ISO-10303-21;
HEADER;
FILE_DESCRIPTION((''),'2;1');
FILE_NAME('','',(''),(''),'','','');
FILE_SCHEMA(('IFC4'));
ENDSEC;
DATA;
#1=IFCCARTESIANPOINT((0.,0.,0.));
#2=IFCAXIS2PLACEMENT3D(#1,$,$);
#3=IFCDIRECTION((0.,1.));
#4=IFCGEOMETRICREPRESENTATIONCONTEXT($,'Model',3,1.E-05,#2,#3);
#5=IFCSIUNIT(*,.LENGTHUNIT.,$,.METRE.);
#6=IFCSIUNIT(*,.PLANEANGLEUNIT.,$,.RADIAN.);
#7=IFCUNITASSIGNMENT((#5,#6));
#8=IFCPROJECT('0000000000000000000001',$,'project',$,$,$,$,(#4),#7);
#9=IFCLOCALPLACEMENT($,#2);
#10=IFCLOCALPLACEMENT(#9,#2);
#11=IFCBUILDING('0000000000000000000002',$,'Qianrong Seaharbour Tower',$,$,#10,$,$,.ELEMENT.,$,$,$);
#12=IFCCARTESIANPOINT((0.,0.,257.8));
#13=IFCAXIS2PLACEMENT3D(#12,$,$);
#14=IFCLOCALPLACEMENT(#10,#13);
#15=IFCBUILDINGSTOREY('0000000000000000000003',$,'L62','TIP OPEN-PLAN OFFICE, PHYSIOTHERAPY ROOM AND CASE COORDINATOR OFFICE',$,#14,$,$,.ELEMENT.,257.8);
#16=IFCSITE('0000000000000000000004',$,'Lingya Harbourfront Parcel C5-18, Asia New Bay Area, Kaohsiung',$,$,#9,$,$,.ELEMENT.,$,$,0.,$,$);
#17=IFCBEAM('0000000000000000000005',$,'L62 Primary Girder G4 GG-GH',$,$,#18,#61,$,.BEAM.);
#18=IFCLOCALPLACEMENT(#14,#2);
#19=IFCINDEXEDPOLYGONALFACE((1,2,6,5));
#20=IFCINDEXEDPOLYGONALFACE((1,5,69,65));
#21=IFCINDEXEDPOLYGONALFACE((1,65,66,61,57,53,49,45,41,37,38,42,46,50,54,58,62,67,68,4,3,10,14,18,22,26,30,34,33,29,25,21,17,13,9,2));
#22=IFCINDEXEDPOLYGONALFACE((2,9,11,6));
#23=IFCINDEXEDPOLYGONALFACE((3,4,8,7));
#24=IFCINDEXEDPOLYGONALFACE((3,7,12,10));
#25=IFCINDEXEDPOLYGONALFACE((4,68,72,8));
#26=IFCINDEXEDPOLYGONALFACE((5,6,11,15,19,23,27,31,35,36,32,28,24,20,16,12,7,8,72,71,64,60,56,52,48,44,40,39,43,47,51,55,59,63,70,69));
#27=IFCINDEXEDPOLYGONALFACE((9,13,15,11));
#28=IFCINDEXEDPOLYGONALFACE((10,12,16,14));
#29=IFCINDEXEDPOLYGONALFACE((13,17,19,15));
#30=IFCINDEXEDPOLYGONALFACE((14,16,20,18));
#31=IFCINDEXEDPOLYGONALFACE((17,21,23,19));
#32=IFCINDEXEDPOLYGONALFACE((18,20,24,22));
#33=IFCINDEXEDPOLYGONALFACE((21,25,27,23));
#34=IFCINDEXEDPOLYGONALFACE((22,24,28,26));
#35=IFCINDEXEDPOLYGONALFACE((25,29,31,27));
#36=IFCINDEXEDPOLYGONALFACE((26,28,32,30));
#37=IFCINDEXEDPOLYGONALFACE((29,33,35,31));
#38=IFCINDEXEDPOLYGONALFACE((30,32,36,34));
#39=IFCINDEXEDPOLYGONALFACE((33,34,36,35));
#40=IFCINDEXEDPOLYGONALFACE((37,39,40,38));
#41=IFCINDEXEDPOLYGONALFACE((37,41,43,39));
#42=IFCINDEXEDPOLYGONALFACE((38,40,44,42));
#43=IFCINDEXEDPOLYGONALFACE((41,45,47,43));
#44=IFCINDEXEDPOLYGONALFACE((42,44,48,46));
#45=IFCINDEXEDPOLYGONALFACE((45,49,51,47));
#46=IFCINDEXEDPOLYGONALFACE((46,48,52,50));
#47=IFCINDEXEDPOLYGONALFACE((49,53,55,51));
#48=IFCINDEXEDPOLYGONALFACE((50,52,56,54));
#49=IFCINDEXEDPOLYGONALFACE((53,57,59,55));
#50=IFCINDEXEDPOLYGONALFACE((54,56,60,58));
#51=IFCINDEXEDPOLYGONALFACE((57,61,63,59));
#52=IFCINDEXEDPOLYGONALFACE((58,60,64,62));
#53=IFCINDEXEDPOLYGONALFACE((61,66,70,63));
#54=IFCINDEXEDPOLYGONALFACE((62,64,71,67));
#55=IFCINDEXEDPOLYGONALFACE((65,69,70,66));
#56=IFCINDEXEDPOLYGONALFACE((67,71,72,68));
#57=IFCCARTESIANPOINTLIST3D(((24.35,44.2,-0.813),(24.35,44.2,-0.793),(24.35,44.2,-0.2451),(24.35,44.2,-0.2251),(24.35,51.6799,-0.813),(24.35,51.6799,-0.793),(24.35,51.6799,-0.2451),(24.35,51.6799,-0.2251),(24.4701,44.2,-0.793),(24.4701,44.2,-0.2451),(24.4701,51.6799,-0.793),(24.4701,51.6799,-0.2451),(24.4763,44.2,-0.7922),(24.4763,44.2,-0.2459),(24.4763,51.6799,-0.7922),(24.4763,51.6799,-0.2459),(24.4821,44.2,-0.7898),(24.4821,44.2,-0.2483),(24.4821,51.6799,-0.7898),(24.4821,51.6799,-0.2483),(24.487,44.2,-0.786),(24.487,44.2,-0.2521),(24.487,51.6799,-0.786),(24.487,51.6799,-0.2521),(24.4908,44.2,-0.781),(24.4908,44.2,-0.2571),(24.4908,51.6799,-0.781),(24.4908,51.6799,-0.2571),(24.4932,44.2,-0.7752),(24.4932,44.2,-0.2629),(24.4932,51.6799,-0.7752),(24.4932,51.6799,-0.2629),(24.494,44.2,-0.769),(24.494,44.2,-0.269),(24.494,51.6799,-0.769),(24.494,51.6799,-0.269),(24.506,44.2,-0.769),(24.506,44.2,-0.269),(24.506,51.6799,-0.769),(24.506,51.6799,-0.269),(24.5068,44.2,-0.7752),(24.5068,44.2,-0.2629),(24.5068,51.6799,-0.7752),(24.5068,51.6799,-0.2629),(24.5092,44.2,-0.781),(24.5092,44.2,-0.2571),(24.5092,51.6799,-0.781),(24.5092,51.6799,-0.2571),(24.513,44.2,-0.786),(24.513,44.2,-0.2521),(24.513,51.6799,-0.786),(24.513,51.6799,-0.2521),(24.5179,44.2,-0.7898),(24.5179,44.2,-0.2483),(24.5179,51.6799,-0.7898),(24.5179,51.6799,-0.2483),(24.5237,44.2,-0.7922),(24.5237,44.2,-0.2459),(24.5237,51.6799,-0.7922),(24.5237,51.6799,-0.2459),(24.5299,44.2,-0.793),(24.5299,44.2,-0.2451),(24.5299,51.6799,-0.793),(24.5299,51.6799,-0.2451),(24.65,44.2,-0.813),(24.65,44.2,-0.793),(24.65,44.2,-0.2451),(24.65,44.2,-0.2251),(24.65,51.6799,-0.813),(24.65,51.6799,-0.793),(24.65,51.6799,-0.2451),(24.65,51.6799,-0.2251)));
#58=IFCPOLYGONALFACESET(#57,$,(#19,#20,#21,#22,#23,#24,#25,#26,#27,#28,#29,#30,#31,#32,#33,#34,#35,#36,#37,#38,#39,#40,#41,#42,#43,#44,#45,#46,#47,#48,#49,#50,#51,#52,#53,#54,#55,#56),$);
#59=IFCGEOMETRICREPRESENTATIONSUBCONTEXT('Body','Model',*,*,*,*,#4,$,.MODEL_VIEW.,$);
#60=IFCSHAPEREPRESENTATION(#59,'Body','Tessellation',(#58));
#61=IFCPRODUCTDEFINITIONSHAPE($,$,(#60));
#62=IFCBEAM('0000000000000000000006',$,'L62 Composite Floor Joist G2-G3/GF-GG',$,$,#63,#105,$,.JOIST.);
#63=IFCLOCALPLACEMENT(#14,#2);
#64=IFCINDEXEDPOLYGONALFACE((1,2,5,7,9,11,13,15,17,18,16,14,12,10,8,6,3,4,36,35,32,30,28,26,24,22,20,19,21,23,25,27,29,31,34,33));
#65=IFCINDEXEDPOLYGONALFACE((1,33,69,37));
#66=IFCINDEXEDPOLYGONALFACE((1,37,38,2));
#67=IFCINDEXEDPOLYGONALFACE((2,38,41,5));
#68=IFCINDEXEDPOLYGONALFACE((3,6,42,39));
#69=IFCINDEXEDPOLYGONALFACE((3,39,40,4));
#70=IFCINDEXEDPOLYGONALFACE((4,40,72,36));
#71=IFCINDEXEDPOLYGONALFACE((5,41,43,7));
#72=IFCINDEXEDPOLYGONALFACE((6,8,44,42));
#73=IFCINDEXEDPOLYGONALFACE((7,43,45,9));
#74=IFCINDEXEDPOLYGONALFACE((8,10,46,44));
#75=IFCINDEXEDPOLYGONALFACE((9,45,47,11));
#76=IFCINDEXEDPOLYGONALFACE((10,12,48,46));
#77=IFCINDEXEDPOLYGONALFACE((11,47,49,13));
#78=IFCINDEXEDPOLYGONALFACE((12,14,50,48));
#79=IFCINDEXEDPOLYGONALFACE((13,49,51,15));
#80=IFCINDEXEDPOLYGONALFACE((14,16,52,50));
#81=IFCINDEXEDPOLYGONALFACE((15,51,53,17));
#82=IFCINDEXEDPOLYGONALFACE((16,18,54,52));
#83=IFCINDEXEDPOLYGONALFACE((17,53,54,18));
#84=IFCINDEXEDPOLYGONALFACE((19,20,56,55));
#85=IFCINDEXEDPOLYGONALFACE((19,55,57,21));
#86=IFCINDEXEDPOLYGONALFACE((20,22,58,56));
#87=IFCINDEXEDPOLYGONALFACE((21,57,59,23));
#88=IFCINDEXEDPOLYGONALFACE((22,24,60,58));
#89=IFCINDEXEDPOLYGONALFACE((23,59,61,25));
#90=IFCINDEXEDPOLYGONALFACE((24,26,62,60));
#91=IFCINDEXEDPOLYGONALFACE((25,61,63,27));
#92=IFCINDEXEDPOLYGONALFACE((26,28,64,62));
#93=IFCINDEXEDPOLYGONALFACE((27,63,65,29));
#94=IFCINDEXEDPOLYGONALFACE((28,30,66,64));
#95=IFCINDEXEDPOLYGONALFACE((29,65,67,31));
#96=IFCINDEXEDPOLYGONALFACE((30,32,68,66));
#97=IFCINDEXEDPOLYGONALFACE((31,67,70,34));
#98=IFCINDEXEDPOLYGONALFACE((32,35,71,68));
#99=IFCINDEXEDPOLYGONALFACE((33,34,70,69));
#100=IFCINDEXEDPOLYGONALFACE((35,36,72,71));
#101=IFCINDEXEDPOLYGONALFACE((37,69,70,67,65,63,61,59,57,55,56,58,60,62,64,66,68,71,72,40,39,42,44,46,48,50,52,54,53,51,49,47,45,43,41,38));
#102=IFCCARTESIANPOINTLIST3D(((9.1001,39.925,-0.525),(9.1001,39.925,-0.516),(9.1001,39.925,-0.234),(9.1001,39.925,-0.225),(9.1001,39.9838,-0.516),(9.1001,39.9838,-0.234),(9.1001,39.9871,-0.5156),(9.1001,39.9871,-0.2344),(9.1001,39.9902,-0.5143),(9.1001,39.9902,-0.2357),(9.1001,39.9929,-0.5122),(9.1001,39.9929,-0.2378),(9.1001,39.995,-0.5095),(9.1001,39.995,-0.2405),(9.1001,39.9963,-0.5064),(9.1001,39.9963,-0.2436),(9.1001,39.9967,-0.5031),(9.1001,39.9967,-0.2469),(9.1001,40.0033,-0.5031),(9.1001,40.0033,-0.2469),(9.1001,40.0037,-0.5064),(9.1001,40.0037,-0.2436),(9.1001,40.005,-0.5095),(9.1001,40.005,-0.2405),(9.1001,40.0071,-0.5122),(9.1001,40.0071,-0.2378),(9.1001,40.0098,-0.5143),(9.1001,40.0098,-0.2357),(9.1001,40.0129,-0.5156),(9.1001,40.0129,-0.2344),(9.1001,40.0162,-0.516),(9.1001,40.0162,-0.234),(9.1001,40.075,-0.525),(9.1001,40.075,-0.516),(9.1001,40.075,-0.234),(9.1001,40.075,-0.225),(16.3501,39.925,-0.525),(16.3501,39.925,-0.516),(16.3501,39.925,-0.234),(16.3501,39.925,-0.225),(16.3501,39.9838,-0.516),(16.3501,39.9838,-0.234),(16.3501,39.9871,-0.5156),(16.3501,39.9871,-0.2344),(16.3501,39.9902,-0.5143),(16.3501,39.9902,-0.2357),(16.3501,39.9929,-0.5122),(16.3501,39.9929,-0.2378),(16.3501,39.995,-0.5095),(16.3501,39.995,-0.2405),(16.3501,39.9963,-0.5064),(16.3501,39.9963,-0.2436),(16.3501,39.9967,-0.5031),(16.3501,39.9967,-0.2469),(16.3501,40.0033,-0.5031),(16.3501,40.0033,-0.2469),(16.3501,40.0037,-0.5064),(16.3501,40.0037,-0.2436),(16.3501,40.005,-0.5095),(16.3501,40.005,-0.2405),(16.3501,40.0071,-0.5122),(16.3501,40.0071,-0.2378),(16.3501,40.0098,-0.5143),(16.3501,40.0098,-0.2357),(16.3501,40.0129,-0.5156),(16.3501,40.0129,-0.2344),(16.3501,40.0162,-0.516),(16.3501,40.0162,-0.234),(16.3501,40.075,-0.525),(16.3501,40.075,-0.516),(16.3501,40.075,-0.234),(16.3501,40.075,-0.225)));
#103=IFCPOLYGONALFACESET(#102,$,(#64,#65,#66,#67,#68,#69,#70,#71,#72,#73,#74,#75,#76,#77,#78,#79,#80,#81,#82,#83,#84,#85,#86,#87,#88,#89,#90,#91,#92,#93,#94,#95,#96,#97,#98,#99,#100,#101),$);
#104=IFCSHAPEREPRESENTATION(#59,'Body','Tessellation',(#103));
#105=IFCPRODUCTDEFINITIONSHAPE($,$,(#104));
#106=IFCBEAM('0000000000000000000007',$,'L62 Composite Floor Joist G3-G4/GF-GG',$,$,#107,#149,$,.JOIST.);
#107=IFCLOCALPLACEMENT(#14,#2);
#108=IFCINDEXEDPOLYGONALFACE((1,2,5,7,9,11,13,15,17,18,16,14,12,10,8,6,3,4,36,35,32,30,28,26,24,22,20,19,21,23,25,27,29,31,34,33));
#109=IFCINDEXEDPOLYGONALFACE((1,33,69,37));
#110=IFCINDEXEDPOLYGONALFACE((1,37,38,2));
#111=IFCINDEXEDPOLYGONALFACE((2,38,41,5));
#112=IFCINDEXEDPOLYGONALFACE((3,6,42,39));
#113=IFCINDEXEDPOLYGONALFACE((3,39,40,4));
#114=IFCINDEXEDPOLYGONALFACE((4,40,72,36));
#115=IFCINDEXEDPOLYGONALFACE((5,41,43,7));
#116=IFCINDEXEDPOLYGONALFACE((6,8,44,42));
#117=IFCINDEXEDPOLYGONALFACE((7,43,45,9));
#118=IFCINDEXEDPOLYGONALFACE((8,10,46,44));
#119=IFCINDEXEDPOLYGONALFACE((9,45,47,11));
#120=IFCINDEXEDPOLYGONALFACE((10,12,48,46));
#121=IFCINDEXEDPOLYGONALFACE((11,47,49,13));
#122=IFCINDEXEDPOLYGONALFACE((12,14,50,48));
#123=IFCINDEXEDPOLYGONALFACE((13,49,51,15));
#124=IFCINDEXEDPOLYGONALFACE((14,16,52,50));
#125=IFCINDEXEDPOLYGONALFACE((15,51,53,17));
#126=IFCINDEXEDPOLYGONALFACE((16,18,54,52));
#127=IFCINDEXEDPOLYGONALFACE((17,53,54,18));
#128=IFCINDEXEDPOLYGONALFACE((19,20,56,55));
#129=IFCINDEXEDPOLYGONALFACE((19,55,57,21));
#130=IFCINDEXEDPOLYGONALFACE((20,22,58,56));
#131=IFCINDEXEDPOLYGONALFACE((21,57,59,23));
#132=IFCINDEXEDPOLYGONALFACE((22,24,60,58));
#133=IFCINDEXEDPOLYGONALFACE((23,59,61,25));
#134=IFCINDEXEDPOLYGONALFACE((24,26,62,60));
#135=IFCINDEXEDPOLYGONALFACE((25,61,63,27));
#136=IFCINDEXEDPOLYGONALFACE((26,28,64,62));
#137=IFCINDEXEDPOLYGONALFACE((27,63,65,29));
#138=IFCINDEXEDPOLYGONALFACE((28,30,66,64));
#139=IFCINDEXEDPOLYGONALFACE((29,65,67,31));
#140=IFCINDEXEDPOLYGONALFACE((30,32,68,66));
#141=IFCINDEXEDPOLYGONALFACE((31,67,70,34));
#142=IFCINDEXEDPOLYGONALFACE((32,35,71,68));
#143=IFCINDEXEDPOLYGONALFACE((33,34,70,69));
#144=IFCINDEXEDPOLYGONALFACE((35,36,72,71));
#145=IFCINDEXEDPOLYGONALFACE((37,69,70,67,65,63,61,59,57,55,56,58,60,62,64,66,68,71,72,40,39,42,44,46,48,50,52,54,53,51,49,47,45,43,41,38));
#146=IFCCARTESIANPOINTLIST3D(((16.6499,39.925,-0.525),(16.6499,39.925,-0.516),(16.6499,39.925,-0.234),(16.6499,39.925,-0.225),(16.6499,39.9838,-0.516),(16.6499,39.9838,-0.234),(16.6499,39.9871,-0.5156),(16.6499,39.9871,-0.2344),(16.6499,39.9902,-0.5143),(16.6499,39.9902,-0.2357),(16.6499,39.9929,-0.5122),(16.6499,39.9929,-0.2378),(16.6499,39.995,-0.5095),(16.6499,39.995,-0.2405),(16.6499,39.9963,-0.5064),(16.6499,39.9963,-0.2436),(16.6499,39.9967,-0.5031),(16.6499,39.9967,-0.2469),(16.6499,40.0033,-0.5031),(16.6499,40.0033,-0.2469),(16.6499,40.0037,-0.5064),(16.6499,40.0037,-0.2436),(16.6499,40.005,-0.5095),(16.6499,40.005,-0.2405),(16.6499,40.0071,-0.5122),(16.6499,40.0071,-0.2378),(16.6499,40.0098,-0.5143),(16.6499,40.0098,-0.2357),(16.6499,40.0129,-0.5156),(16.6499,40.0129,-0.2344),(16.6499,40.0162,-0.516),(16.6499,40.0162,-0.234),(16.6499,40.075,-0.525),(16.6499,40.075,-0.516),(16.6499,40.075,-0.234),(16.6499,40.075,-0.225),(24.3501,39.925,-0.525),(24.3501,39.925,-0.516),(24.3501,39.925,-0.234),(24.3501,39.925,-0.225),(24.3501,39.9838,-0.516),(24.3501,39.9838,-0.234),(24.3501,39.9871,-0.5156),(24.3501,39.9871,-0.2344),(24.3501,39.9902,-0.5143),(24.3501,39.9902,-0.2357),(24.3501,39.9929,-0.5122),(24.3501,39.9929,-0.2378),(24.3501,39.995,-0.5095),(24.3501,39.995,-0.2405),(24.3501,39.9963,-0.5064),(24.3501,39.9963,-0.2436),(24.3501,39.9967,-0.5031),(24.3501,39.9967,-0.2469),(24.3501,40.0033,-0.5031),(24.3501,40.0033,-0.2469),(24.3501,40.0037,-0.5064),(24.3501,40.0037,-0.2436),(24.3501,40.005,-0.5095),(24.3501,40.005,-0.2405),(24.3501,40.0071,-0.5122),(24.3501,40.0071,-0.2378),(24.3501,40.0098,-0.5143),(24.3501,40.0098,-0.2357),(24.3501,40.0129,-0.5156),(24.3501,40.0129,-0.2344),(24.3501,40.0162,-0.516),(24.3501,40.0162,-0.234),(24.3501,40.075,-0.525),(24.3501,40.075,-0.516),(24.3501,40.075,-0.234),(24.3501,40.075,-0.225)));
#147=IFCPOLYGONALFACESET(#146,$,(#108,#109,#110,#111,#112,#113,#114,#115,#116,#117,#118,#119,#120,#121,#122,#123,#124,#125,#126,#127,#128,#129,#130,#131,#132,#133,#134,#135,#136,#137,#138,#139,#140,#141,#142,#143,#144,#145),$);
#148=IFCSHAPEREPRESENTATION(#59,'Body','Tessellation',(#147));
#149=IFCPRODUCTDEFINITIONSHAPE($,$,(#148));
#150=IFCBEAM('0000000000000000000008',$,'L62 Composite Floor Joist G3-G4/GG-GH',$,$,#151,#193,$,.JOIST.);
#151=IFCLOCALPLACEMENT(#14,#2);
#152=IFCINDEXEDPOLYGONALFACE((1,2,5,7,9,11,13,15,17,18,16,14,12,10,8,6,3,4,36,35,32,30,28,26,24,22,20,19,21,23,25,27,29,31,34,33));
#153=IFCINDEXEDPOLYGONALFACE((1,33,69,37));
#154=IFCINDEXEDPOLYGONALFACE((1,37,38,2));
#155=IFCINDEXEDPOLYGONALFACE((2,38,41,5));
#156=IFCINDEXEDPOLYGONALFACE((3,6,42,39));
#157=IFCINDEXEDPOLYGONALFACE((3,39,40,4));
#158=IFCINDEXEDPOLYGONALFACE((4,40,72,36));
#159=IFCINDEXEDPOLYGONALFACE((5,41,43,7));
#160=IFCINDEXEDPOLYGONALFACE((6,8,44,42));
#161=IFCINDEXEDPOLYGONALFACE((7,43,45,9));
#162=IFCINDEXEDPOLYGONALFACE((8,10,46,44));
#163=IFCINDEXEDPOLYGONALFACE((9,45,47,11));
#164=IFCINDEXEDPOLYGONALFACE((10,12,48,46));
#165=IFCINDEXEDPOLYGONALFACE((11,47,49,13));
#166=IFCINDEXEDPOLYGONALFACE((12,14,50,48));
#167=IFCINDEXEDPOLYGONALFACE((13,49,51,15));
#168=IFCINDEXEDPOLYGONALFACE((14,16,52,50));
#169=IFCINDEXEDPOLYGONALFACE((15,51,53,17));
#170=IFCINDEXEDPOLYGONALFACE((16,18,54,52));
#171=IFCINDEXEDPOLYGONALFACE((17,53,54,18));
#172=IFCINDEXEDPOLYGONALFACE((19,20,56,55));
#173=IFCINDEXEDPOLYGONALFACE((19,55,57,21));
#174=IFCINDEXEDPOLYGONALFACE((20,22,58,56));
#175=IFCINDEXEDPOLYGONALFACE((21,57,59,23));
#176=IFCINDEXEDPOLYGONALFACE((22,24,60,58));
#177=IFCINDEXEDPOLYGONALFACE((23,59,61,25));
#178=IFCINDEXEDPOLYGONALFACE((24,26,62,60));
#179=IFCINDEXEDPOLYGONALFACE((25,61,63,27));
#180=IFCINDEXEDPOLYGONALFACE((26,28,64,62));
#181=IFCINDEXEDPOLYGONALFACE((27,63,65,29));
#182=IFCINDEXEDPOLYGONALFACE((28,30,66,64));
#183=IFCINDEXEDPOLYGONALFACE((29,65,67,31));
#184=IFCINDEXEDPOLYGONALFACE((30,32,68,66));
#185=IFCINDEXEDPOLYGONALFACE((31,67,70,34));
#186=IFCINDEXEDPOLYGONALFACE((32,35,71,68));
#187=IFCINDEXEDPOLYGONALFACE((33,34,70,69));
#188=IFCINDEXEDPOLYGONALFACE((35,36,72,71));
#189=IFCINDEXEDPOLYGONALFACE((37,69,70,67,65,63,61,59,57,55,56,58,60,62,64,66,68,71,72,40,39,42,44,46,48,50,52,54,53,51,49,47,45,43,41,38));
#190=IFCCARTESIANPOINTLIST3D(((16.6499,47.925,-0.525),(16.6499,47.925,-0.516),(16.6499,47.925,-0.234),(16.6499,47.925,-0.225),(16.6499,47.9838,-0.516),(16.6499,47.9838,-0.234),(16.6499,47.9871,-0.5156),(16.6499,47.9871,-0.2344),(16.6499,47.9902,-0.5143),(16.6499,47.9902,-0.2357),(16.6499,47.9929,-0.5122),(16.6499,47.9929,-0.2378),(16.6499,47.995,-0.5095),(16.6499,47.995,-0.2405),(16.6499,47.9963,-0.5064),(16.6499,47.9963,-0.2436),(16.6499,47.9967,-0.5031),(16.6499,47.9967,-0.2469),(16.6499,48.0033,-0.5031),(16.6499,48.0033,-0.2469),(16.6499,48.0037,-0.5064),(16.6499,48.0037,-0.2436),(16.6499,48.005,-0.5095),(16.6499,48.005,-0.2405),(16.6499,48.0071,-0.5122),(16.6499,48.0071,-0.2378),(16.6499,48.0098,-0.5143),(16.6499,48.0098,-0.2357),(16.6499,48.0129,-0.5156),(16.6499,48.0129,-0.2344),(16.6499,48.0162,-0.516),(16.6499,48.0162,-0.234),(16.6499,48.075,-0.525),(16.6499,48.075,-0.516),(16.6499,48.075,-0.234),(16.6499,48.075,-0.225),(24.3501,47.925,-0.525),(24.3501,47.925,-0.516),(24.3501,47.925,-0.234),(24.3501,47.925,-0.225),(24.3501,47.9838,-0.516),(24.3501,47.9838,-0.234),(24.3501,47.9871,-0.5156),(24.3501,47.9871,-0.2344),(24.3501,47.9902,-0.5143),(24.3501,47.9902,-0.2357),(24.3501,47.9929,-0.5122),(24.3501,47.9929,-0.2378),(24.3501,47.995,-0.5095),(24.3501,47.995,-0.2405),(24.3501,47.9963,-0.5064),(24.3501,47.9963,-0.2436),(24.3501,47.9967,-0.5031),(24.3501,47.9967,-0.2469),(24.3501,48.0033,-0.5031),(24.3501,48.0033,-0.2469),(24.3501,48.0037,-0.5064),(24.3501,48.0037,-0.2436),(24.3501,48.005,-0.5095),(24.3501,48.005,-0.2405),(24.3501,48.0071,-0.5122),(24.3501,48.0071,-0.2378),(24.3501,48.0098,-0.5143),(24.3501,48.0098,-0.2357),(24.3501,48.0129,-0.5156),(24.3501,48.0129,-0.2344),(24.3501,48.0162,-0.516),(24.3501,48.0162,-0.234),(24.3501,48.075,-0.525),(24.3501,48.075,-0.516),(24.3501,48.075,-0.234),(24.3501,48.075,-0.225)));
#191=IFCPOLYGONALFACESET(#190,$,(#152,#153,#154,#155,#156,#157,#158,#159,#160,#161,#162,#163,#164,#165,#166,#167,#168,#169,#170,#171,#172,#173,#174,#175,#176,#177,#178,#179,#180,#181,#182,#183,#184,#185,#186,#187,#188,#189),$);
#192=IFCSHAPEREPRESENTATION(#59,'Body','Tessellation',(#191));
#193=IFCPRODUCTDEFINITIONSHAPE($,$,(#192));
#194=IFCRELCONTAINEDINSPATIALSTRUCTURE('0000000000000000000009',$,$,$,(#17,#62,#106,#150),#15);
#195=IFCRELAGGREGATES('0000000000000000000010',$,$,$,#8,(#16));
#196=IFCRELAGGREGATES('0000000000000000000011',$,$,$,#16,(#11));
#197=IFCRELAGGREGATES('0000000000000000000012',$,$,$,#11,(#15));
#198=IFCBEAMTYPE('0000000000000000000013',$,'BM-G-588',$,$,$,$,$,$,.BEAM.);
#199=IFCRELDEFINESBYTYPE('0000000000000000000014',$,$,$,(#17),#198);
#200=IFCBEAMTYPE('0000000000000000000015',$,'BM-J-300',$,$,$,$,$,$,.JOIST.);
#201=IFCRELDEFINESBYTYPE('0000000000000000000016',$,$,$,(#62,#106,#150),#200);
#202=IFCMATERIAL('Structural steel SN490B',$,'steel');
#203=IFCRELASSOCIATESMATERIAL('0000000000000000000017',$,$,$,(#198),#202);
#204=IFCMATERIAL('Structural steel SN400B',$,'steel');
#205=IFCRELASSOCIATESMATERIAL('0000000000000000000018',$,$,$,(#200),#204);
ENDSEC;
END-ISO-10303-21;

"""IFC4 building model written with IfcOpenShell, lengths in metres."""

from ifc_helpers import new_model, si_unit, direction, frame, origin, origin_2d, place, context, subcontext, project, spatial, i_section, extrude, material, material_profile, profile_set, type_object, element, save


model = new_model("IFC4")

# Units and contexts
model_context = context("Model", 3, precision=1e-05, world=origin(), true_north=direction((0.0, 1.0)))
body_context = subcontext(model_context, "Body", "Model", "MODEL_VIEW")
ifc_project = project(units=[si_unit("LENGTHUNIT", "METRE"), si_unit("PLANEANGLEUNIT", "RADIAN")], contexts=[model_context])

# Site, building, storey
site_placement = place(None, origin())
site = spatial("IfcSite", under=ifc_project, at=site_placement, Name="Lingya Harbourfront Parcel C5-18, Asia New Bay Area, Kaohsiung", CompositionType="ELEMENT", RefElevation=0.0)
building_placement = place(site_placement, origin())
building = spatial("IfcBuilding", under=site, at=building_placement, Name="Qianrong Seaharbour Tower", CompositionType="ELEMENT")
storey_placement = place(building_placement, frame((0.0, 0.0, 257.8)))
storey = spatial("IfcBuildingStorey", under=building, at=storey_placement, Name="L62", Description="TIP OPEN-PLAN OFFICE, PHYSIOTHERAPY ROOM AND CASE COORDINATOR OFFICE", CompositionType="ELEMENT", Elevation=257.8)

# Shared definitions
ifc_material_1 = material(Name="Structural steel SN490B", Category="steel")

# Beams
ifc_material_profile_1 = material_profile(ifc_material_1, i_section(OverallWidth=0.3, OverallDepth=0.5879, WebThickness=0.012, FlangeThickness=0.02, FilletRadius=0.0239, at=origin_2d()), Name="H588x300x12x20")
ifc_profile_set_1 = profile_set([ifc_material_profile_1], Name="Structural steel SN490B")
beam_type_1 = type_object("IfcBeamType", Name="BM-G-588", PredefinedType="BEAM", material=ifc_profile_set_1)
beam_1_placement = place(storey_placement, frame((24.5, 44.2, -0.519), z_axis=(0.0, 1.0, 0.0), x_axis=(-1.0, 0.0, 0.0)))
element("IfcBeam", 1, at=beam_1_placement, inside=storey, type_object=beam_type_1, Name="L62 Primary Girder G4 GG-GH", PredefinedType="BEAM", context=body_context, shape_type="SweptSolid", body=[
    extrude(i_section(OverallWidth=0.3, OverallDepth=0.5879, WebThickness=0.012, FlangeThickness=0.02, FilletRadius=0.0239, at=origin_2d()), origin(), (0.0, 0.0, 1.0), 7.48),
])
ifc_material_2 = material(Name="Structural steel SN400B", Category="steel")
ifc_material_profile_2 = material_profile(ifc_material_2, i_section(OverallWidth=0.1499, OverallDepth=0.3, WebThickness=0.0066, FlangeThickness=0.009, FilletRadius=0.0129, at=origin_2d()), Name="H300x150x6.5x9")
ifc_profile_set_2 = profile_set([ifc_material_profile_2], Name="Structural steel SN400B")
beam_type_2 = type_object("IfcBeamType", Name="BM-J-300", PredefinedType="JOIST", material=ifc_profile_set_2)
beam_2_placement = place(storey_placement, frame((9.1001, 40.0, -0.375), z_axis=(1.0, 0.0, 0.0), x_axis=(0.0, 1.0, 0.0)))
element("IfcBeam", 2, at=beam_2_placement, inside=storey, type_object=beam_type_2, Name="L62 Composite Floor Joist G2-G3/GF-GG", PredefinedType="JOIST", context=body_context, shape_type="SweptSolid", body=[
    extrude(i_section(OverallWidth=0.1499, OverallDepth=0.3, WebThickness=0.0066, FlangeThickness=0.009, FilletRadius=0.0129, at=origin_2d()), origin(), (0.0, 0.0, 1.0), 7.25),
])
for number, where, z_axis, x_axis, name in (
    (3, (16.6499, 40.0, -0.375), (1.0, 0.0, 0.0), (0.0, 1.0, 0.0), "L62 Composite Floor Joist G3-G4/GF-GG"),
    (4, (16.6499, 48.0, -0.375), (1.0, 0.0, 0.0), (0.0, 1.0, 0.0), "L62 Composite Floor Joist G3-G4/GG-GH"),
):
    element("IfcBeam", number, at=place(storey_placement, frame(where, z_axis=z_axis, x_axis=x_axis)), inside=storey, type_object=beam_type_2, Name=name, PredefinedType="JOIST", context=body_context, shape_type="SweptSolid", body=[
        extrude(i_section(OverallWidth=0.1499, OverallDepth=0.3, WebThickness=0.0066, FlangeThickness=0.009, FilletRadius=0.0129, at=origin_2d()), origin(), (0.0, 0.0, 1.0), 7.7002),
    ])

save(model, "model.ifc")
